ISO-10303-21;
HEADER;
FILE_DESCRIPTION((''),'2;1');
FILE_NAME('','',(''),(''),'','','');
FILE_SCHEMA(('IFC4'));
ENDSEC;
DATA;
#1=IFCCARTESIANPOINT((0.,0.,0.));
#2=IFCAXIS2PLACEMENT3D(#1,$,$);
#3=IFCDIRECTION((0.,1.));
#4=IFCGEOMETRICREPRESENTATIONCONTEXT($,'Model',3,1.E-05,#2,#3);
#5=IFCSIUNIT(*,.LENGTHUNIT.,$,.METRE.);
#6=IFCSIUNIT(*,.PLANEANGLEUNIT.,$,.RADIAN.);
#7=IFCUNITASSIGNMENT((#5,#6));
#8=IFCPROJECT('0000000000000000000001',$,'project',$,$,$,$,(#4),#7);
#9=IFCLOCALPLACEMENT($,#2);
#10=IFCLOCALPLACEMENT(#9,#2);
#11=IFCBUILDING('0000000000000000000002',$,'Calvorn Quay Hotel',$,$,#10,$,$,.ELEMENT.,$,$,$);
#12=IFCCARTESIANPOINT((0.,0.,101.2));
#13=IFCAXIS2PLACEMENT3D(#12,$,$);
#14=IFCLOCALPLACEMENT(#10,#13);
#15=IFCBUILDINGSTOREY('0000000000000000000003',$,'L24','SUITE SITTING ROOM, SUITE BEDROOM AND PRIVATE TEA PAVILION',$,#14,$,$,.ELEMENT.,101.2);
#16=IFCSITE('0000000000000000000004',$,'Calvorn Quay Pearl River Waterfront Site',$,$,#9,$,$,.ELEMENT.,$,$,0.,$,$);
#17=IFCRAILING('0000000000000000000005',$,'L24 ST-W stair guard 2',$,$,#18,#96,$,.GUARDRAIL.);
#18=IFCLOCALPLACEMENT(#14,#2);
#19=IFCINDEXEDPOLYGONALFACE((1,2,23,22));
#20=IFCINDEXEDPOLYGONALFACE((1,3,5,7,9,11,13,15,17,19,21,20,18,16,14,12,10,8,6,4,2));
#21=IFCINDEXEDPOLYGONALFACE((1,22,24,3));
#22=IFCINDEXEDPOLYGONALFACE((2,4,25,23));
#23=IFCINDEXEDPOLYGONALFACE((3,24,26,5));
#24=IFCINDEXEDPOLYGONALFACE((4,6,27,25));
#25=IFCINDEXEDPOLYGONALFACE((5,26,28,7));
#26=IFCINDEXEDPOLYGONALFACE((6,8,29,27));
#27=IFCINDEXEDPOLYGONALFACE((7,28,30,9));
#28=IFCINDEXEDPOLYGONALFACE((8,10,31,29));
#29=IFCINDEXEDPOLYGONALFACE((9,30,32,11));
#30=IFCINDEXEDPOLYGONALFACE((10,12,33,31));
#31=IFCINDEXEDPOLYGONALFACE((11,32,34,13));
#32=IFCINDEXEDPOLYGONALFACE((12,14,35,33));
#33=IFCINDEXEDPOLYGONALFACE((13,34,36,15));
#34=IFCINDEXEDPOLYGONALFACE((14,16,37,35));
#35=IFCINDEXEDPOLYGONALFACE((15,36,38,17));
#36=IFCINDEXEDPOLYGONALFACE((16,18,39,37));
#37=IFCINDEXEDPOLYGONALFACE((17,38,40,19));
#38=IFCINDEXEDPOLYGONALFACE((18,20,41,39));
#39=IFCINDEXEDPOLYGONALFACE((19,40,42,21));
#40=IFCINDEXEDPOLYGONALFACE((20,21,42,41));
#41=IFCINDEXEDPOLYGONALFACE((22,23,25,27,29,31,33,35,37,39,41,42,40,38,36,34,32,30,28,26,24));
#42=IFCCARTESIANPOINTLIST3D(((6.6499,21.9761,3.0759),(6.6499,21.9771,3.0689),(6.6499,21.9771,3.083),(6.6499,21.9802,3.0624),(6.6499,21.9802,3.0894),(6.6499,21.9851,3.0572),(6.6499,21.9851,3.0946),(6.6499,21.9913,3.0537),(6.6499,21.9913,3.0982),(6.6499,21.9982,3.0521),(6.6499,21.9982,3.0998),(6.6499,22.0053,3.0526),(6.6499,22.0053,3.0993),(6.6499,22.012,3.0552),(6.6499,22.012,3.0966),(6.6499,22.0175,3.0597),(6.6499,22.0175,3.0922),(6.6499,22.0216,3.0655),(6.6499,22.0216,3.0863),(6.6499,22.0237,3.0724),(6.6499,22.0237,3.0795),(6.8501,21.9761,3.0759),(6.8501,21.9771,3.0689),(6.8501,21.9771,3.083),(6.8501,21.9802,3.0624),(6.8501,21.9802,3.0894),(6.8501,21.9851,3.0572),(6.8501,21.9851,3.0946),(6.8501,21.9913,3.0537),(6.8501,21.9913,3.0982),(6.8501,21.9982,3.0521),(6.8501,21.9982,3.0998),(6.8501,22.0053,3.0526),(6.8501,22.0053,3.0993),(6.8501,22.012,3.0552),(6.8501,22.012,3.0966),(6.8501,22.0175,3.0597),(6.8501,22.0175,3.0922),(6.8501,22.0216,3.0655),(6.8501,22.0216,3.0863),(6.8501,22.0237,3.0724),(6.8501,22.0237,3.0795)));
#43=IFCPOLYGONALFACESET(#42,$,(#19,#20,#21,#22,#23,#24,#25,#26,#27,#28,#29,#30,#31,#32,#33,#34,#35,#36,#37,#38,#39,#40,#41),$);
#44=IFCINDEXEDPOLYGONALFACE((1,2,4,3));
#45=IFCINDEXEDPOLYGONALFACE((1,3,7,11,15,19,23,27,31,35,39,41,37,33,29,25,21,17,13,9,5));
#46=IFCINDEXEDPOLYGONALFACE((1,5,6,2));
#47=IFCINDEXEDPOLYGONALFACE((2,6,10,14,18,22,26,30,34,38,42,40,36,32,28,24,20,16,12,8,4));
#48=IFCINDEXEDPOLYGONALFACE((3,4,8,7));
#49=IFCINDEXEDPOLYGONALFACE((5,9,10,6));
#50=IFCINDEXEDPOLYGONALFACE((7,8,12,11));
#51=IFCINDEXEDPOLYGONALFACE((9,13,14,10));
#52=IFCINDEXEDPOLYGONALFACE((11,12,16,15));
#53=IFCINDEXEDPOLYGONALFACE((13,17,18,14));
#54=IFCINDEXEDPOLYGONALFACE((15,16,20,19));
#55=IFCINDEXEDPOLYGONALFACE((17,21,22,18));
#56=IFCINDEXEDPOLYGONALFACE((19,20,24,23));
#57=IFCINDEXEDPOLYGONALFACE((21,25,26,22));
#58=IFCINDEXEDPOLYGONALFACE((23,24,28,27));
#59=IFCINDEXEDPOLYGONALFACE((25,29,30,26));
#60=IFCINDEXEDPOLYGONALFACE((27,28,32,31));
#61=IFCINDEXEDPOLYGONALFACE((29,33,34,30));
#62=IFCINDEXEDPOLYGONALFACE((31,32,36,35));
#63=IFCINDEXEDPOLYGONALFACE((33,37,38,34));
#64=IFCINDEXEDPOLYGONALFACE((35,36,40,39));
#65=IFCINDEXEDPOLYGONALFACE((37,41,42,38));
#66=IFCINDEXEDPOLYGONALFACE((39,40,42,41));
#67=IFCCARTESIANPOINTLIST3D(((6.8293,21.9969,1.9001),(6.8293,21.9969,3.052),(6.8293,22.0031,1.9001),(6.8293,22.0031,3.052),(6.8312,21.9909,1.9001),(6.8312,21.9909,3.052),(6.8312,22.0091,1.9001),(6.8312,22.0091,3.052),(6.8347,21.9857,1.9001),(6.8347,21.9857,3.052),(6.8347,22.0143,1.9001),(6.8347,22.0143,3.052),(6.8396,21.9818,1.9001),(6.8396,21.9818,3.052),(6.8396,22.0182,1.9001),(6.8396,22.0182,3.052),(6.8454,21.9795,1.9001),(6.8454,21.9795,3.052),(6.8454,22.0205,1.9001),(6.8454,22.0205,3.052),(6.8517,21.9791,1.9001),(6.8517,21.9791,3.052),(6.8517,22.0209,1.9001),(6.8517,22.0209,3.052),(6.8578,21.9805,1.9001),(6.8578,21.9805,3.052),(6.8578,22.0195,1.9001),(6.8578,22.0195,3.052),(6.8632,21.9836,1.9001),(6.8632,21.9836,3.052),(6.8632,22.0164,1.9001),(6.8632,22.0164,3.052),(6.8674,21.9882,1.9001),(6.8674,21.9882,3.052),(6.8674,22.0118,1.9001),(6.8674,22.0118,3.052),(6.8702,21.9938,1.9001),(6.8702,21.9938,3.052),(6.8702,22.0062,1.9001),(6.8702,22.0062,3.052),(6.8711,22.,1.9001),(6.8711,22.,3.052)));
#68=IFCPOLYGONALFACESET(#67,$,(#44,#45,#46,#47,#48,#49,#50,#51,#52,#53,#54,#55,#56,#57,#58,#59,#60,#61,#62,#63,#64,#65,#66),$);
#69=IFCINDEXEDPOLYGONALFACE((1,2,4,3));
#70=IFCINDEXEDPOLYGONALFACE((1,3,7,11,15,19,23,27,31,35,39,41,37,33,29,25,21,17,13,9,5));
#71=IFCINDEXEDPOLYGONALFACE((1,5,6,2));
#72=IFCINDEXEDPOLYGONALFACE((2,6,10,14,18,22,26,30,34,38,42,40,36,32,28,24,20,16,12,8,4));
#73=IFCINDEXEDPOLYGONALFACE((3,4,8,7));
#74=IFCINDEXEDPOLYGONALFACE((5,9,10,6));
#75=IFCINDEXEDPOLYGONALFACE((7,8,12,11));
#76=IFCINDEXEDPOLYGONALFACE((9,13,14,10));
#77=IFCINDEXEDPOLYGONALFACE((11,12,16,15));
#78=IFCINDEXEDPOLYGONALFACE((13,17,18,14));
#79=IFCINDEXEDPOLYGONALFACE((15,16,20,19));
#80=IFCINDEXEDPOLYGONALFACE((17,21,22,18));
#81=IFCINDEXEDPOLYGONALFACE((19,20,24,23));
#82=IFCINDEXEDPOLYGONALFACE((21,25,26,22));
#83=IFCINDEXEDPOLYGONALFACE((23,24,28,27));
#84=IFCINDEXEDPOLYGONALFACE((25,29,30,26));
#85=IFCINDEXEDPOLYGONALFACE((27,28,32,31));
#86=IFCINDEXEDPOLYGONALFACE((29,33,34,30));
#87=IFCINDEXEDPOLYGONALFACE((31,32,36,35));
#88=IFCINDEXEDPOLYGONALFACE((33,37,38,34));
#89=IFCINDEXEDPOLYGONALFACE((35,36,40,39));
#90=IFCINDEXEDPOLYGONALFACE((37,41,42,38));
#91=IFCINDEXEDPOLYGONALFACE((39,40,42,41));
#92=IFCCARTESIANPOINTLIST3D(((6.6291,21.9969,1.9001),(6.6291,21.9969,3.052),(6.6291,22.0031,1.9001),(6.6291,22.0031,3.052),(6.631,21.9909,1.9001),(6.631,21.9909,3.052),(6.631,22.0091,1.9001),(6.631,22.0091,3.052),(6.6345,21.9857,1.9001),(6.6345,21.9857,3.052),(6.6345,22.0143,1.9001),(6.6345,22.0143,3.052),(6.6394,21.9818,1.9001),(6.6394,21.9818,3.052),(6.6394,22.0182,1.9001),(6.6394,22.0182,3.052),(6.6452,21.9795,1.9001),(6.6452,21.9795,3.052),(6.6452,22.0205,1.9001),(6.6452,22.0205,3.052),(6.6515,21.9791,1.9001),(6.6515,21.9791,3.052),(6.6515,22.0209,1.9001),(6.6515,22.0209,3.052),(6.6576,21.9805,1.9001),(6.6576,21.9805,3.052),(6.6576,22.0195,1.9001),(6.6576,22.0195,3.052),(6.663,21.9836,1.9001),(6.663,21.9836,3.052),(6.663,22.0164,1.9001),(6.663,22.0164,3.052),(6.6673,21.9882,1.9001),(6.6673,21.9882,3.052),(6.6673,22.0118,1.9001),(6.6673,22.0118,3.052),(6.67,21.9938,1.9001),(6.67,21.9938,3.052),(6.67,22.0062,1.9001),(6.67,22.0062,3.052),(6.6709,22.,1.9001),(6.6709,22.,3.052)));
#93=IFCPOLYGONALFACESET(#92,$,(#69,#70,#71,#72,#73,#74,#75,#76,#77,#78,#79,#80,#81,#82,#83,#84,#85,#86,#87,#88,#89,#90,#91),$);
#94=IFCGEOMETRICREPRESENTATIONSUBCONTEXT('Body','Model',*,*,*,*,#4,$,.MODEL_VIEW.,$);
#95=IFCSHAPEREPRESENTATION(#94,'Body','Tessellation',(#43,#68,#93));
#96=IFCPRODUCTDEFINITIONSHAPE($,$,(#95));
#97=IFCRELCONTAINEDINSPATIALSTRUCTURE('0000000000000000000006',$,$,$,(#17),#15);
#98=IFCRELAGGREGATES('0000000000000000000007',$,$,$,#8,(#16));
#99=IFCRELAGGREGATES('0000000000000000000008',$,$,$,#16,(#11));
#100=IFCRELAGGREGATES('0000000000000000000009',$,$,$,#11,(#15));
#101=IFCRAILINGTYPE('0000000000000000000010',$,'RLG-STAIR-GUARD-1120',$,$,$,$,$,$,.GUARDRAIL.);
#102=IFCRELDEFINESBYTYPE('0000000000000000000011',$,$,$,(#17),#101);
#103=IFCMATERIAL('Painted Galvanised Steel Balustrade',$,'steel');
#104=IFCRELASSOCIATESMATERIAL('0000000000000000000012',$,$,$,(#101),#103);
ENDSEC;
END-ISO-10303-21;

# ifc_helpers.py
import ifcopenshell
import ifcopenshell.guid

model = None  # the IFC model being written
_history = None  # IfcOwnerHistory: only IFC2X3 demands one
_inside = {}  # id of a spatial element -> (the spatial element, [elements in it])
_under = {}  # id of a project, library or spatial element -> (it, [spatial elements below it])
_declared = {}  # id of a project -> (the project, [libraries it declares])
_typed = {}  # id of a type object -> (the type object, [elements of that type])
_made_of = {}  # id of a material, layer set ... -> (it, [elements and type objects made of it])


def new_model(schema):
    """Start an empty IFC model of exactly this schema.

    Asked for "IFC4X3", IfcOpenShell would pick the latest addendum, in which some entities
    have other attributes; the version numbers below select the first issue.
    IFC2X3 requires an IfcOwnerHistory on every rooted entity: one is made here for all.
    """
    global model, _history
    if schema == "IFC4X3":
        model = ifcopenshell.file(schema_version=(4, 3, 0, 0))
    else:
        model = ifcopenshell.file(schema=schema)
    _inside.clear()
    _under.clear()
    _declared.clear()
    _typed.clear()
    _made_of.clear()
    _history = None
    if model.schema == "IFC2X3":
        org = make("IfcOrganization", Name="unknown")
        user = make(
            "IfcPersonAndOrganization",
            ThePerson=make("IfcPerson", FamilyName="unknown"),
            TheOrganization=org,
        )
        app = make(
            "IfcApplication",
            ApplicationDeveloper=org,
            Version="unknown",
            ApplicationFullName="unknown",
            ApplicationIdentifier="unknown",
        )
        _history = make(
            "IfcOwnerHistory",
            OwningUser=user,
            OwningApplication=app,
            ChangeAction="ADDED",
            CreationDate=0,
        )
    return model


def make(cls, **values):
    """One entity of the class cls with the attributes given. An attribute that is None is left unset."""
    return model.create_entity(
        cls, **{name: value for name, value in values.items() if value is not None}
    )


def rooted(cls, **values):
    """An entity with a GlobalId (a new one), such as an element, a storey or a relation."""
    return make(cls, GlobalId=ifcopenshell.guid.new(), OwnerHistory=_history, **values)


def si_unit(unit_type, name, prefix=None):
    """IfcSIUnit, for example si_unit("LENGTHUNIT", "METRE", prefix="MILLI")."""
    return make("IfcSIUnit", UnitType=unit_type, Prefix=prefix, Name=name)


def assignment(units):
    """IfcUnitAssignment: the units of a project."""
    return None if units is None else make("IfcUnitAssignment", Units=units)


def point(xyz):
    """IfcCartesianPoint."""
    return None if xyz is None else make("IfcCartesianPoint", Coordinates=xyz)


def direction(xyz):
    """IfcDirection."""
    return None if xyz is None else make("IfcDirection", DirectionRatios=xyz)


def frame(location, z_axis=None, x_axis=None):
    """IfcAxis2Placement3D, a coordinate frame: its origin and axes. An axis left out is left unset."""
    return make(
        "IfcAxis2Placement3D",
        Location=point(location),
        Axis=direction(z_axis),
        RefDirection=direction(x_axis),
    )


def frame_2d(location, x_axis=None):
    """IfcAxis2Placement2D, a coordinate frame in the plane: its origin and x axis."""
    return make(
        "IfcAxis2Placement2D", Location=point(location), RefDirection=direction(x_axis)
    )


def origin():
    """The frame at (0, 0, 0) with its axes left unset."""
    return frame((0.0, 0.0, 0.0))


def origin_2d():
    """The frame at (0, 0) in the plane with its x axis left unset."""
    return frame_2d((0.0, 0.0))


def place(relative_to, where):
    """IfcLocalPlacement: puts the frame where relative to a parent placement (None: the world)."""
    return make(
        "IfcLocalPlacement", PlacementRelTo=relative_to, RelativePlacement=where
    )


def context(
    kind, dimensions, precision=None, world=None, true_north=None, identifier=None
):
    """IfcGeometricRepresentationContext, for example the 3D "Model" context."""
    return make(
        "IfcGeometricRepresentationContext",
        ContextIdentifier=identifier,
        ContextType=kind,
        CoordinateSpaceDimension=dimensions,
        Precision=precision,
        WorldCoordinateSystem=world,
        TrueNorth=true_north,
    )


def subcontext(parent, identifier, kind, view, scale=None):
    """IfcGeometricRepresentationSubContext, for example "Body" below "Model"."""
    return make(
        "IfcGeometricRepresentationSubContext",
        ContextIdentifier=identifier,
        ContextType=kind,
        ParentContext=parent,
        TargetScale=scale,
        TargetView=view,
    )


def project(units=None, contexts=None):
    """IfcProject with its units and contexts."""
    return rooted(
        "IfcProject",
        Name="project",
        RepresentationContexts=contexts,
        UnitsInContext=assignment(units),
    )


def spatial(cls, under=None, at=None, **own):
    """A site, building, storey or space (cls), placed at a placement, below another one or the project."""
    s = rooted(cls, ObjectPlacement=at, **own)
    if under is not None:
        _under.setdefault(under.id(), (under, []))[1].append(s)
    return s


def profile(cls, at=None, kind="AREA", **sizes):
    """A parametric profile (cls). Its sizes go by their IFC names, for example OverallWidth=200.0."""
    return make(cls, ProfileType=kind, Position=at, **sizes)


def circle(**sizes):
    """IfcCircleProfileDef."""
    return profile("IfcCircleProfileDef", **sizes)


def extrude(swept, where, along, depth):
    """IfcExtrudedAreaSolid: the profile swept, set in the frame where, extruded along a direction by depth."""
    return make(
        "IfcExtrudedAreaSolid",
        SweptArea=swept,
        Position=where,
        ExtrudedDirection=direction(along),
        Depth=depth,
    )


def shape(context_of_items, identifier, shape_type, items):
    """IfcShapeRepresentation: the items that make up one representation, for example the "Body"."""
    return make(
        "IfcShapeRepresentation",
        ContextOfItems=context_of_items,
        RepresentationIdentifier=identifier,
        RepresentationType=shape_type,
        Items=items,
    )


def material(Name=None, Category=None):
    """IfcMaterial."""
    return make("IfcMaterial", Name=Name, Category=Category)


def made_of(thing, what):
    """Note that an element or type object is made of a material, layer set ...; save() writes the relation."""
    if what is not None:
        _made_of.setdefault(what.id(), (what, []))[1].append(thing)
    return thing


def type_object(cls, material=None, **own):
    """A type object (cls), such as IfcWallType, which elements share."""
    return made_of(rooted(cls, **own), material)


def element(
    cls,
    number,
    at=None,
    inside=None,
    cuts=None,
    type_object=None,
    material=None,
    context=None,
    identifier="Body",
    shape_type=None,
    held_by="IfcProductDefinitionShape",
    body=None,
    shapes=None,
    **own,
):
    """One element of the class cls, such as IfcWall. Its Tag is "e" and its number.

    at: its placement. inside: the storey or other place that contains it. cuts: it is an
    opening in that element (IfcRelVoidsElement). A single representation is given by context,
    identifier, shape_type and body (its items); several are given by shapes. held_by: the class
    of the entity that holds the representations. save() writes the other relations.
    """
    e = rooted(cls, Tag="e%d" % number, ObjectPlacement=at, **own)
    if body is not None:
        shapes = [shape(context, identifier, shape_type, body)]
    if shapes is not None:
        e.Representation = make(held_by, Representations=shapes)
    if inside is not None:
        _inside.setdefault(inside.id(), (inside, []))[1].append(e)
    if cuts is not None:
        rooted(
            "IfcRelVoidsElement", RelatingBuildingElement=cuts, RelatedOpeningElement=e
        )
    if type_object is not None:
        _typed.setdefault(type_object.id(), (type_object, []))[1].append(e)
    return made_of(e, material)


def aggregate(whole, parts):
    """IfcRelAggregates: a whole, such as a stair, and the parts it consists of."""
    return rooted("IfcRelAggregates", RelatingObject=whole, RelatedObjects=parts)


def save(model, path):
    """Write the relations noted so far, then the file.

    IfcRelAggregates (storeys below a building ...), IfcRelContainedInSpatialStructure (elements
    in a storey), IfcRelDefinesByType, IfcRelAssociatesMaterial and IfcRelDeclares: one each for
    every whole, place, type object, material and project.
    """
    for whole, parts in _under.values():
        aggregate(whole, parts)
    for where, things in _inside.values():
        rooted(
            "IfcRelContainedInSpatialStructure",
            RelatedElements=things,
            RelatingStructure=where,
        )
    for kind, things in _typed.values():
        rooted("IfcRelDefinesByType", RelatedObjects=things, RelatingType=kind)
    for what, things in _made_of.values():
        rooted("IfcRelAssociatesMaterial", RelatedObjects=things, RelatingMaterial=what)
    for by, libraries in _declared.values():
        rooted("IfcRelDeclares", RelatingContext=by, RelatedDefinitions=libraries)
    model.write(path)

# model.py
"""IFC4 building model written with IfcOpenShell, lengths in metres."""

from ifc_helpers import new_model, si_unit, direction, frame, origin, origin_2d, place, context, subcontext, project, spatial, circle, extrude, material, type_object, element, save


model = new_model("IFC4")

# Units and contexts
model_context = context("Model", 3, precision=1e-05, world=origin(), true_north=direction((0.0, 1.0)))
body_context = subcontext(model_context, "Body", "Model", "MODEL_VIEW")
ifc_project = project(units=[si_unit("LENGTHUNIT", "METRE"), si_unit("PLANEANGLEUNIT", "RADIAN")], contexts=[model_context])

# Site, building, storey
site_placement = place(None, origin())
site = spatial("IfcSite", under=ifc_project, at=site_placement, Name="Calvorn Quay Pearl River Waterfront Site", CompositionType="ELEMENT", RefElevation=0.0)
building_placement = place(site_placement, origin())
building = spatial("IfcBuilding", under=site, at=building_placement, Name="Calvorn Quay Hotel", CompositionType="ELEMENT")
storey_placement = place(building_placement, frame((0.0, 0.0, 101.2)))
storey = spatial("IfcBuildingStorey", under=building, at=storey_placement, Name="L24", Description="SUITE SITTING ROOM, SUITE BEDROOM AND PRIVATE TEA PAVILION", CompositionType="ELEMENT", Elevation=101.2)

# Railing
ifc_material_1 = material(Name="Painted Galvanised Steel Balustrade", Category="steel")
railing_type_1 = type_object("IfcRailingType", Name="RLG-STAIR-GUARD-1120", PredefinedType="GUARDRAIL", material=ifc_material_1)
railing_1_placement = place(storey_placement, frame((6.8501, 22.0, 1.9001)))
element("IfcRailing", 1, at=railing_1_placement, inside=storey, type_object=railing_type_1, Name="L24 ST-W stair guard 2", PredefinedType="GUARDRAIL", context=body_context, shape_type="SweptSolid", body=[
    extrude(circle(Radius=0.0239, at=origin_2d()), frame((0.0, 0.0, 1.1758), z_axis=(-1.0, 0.0, 0.0), x_axis=(0.0, -1.0, 0.0)), (0.0, 0.0, 1.0), 0.2002),
    extrude(circle(Radius=0.021, at=origin_2d()), origin(), (0.0, 0.0, 1.0), 1.1519),
    extrude(circle(Radius=0.021, at=origin_2d()), frame((-0.2002, 0.0, 0.0)), (0.0, 0.0, 1.0), 1.1519),
])

save(model, "model.ifc")
